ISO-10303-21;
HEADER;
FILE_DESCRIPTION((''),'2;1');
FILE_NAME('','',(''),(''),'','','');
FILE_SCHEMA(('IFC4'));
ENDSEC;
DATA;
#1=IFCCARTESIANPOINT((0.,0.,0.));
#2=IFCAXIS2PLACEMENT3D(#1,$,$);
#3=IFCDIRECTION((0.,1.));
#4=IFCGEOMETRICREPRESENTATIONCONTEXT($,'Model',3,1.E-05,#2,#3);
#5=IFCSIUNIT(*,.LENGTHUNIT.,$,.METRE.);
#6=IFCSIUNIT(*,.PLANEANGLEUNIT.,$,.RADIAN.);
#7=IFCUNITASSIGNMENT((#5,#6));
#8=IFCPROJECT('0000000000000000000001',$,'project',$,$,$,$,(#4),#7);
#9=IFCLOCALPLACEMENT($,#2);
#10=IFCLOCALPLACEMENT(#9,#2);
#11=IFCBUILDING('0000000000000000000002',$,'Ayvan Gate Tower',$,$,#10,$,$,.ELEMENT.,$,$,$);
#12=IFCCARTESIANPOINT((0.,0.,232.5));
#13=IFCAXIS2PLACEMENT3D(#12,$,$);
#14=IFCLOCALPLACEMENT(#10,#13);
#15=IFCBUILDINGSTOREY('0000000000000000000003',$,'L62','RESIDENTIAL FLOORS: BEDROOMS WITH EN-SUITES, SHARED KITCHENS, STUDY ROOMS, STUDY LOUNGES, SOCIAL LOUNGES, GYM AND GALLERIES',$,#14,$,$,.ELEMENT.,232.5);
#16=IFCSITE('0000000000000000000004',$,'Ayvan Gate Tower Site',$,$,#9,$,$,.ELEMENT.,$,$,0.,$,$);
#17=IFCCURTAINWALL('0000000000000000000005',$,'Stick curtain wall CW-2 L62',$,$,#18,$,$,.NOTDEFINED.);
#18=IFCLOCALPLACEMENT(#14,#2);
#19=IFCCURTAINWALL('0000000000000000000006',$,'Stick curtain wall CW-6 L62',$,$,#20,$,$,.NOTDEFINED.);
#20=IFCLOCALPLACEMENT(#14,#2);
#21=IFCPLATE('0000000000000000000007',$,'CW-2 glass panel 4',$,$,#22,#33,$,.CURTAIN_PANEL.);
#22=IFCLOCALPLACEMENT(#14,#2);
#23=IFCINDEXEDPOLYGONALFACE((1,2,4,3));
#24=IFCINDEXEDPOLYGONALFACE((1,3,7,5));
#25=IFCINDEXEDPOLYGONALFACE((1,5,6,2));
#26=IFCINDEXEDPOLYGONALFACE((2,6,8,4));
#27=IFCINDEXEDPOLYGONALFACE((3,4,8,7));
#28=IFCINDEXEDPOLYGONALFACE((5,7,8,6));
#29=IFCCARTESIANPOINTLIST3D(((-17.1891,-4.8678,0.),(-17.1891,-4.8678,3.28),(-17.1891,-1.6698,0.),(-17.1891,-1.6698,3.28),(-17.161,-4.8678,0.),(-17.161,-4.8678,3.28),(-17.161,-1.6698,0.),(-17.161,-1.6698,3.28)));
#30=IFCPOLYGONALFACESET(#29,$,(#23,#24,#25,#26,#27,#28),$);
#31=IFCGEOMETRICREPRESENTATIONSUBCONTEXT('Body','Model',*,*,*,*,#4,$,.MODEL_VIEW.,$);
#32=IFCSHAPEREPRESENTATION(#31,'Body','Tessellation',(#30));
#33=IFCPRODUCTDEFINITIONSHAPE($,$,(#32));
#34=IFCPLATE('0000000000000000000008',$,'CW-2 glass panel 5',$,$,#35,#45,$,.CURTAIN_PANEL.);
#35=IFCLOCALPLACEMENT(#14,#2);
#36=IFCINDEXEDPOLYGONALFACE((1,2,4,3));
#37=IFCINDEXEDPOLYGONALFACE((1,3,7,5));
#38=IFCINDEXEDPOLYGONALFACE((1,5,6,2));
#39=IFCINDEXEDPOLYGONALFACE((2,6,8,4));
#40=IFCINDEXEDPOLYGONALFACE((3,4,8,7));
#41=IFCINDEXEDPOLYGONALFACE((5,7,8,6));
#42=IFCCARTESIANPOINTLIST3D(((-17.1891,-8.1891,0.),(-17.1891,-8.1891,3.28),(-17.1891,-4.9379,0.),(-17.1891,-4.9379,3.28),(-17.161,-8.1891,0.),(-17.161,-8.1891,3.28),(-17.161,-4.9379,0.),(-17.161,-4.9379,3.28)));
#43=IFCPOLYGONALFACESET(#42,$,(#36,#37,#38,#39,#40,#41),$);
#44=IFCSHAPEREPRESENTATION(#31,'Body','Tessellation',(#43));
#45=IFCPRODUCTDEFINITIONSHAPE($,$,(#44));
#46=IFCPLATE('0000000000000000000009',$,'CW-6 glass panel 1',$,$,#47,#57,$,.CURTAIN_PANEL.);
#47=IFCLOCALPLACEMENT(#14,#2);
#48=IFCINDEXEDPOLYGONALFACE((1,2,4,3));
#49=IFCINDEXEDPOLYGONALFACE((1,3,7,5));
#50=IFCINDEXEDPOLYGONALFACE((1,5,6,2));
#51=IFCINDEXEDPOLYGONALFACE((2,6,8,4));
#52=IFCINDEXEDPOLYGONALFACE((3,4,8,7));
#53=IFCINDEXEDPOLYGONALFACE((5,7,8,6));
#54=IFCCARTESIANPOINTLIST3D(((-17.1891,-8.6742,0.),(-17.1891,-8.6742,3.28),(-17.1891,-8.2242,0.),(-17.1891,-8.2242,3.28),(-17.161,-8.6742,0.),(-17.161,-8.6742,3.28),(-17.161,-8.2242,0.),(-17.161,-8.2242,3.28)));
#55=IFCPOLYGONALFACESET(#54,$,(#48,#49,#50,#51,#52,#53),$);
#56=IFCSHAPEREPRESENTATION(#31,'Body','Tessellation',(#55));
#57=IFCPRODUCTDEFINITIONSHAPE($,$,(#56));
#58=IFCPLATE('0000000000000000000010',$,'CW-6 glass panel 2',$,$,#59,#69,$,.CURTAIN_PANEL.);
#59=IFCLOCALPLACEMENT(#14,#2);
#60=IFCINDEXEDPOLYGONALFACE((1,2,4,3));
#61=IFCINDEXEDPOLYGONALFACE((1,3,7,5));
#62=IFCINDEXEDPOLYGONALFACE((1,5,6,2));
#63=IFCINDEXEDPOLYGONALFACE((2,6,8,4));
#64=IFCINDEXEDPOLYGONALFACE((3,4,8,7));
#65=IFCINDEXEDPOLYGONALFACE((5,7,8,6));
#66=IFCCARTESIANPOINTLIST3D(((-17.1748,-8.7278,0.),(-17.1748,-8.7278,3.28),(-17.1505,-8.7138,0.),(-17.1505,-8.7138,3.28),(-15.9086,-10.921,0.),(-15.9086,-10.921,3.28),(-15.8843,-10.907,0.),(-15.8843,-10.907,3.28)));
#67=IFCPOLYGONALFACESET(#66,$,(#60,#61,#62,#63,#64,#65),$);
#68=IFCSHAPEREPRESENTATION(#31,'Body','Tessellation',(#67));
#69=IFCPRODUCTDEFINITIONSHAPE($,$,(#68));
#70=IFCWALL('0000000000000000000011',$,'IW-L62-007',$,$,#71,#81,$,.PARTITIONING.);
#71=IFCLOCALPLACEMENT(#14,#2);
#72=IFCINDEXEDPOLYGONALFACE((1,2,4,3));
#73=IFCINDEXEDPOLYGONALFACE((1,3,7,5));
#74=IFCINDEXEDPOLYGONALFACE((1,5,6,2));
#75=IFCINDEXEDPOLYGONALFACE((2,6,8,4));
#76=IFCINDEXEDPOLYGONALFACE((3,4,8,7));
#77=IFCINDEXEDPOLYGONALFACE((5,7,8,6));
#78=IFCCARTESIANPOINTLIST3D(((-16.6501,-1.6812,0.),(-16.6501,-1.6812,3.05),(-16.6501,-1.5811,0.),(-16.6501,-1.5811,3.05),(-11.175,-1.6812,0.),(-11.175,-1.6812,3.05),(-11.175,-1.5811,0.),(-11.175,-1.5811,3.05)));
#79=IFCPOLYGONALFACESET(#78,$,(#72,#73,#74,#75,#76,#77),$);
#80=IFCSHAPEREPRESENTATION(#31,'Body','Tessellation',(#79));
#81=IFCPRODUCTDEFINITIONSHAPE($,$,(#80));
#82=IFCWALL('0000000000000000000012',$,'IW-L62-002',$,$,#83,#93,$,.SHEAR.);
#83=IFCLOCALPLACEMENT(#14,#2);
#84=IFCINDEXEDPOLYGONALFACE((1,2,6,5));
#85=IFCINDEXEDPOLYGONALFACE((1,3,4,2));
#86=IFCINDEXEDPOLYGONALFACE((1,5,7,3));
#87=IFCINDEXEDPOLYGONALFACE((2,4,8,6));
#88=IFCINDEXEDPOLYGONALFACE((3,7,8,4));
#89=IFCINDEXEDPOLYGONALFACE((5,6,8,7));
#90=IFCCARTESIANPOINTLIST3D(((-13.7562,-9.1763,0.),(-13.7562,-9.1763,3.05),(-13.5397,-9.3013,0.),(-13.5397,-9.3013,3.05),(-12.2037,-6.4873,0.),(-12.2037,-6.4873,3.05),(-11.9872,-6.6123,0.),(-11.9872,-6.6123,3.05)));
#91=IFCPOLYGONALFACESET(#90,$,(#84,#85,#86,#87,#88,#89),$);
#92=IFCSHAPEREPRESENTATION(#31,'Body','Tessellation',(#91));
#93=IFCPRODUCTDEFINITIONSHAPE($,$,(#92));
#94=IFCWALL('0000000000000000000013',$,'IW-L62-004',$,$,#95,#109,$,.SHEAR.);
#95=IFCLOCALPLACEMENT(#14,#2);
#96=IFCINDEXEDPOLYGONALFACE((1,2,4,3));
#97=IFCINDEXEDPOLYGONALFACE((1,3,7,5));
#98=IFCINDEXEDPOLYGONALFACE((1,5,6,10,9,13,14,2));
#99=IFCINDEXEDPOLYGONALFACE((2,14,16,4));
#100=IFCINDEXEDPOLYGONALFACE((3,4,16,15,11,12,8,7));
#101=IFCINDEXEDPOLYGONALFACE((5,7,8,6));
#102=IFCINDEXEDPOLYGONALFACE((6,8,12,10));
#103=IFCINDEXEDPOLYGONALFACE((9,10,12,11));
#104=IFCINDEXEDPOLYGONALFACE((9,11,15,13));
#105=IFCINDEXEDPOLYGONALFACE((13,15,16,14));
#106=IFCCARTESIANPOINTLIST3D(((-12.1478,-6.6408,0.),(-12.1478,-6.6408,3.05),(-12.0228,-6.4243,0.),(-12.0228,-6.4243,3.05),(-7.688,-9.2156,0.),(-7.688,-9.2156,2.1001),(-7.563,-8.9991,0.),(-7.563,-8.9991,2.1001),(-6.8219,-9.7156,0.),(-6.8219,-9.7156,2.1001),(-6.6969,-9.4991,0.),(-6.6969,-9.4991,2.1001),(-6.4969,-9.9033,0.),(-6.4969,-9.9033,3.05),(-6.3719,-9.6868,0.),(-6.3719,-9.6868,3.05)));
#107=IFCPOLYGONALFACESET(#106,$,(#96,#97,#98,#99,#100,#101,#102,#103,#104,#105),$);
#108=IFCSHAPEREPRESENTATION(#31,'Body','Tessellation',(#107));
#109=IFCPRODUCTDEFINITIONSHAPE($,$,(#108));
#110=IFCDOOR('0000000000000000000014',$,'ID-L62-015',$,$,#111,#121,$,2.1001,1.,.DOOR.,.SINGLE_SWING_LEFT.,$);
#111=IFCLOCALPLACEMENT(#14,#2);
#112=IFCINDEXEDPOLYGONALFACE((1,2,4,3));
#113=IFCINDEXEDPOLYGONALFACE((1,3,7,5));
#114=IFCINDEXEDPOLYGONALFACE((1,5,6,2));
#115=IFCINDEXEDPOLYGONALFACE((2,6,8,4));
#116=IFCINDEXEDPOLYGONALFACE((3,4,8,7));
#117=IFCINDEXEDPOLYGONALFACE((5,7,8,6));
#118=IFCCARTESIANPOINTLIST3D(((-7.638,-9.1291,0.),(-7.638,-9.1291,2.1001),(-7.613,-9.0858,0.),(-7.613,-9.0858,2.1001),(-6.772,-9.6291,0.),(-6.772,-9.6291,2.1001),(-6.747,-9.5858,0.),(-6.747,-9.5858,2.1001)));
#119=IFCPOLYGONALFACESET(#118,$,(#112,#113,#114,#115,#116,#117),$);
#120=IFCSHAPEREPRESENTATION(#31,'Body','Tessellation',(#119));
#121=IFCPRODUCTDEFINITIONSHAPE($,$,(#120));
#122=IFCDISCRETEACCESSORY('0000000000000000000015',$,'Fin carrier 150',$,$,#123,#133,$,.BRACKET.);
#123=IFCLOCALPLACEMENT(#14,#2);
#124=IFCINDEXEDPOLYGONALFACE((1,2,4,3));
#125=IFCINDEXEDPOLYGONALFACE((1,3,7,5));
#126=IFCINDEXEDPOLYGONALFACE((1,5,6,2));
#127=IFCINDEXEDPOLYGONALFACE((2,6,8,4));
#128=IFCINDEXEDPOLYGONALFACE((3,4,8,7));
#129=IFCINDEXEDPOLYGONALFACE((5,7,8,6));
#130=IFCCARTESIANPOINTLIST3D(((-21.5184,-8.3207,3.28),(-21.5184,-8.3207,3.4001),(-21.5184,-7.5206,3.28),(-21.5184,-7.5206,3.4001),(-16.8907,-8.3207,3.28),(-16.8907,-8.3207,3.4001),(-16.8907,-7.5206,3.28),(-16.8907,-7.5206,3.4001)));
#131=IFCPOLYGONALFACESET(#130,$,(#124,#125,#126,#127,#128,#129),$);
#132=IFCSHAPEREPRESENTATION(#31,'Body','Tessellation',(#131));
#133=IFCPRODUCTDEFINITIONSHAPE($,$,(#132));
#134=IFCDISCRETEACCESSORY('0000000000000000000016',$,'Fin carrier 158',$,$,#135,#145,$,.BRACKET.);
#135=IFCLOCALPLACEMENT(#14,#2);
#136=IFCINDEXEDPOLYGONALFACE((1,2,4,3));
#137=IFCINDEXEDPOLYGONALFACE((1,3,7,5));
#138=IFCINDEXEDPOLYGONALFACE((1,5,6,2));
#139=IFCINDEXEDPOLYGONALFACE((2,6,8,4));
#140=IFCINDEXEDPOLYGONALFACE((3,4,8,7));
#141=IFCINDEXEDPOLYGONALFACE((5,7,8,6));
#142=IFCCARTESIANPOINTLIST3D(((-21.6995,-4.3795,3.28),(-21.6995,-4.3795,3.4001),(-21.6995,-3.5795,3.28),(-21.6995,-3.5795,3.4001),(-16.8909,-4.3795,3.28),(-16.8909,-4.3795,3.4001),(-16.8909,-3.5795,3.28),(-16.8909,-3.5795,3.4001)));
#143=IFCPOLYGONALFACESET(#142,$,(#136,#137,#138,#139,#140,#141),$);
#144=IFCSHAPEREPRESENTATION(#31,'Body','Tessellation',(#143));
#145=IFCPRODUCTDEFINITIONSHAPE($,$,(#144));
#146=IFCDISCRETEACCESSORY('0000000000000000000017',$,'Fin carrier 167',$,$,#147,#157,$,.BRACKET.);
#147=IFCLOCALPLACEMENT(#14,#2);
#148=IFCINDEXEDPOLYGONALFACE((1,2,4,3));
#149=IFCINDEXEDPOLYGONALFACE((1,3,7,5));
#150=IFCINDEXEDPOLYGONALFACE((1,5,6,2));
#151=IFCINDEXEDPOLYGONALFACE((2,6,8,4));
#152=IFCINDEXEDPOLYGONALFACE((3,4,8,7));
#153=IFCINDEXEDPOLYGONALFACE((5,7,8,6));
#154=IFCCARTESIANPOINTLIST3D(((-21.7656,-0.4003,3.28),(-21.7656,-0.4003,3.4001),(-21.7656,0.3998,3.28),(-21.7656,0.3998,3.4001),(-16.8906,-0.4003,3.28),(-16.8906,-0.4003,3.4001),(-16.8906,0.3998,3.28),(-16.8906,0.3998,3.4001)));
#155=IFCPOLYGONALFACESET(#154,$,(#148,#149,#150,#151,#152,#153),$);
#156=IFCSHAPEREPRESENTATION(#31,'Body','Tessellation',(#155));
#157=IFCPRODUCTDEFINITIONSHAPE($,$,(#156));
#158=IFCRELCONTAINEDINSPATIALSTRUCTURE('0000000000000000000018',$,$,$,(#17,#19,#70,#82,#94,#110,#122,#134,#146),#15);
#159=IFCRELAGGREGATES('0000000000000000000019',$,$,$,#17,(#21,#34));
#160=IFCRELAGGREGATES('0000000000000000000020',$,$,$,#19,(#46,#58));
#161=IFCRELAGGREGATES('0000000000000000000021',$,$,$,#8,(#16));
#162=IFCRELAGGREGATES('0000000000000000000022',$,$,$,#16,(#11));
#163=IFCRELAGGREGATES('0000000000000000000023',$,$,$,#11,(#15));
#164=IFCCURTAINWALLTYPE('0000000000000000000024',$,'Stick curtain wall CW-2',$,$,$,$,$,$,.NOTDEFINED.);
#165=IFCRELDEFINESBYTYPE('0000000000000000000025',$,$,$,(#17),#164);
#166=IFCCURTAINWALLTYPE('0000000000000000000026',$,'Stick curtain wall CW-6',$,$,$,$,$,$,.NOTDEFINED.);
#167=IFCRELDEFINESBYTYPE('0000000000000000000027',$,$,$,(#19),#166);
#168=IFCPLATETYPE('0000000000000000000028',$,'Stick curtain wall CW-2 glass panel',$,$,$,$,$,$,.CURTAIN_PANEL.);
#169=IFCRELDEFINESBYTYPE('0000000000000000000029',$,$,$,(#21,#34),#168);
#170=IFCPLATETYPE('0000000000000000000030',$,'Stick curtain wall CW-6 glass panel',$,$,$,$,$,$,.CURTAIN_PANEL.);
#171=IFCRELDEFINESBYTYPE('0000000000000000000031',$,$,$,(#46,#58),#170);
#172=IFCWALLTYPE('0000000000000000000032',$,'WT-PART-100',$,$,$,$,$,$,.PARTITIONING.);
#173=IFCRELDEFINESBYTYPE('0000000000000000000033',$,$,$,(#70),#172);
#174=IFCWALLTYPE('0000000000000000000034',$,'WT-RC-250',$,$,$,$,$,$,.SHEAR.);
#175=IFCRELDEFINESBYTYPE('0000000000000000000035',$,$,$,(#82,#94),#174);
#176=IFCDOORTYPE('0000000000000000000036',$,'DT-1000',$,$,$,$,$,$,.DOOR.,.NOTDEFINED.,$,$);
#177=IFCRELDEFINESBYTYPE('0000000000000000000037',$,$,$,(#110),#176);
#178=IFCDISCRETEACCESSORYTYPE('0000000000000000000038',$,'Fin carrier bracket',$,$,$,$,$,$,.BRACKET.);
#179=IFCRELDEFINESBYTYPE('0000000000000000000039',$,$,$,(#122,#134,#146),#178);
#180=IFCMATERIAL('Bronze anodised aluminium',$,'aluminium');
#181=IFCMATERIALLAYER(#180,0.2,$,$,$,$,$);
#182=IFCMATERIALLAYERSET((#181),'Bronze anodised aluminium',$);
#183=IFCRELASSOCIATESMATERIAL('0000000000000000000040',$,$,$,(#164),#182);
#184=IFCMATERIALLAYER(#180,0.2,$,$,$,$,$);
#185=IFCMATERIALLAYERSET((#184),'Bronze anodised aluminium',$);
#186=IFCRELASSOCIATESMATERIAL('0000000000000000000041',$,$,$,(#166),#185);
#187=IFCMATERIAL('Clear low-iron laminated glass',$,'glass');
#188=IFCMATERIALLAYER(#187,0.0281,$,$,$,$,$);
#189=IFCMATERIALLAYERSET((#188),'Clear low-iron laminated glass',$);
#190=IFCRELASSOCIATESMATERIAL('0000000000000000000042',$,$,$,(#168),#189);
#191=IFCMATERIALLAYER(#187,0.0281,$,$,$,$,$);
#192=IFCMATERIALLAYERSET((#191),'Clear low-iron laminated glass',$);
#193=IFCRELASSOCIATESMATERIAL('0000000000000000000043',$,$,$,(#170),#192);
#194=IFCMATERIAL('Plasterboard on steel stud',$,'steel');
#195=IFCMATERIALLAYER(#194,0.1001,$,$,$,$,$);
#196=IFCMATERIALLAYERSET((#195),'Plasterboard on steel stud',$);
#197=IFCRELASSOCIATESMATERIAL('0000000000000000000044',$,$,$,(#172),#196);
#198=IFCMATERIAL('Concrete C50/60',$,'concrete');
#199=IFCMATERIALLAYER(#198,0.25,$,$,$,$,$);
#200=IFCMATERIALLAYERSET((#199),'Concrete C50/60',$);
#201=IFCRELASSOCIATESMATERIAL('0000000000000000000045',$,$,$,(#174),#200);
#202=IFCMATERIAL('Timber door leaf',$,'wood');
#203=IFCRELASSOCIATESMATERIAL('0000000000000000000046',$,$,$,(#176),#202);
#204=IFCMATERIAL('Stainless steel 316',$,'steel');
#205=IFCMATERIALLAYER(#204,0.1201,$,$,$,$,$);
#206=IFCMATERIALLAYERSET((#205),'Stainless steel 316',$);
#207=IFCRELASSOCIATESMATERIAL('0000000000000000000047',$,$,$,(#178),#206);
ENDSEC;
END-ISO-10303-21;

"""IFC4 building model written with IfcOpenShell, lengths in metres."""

from ifc_helpers import new_model, si_unit, direction, frame, frame_2d, origin, origin_2d, place, context, subcontext, project, spatial, rectangle, extrude, material, layer, layer_set, type_object, element, fill, aggregate, save


model = new_model("IFC4")

# Units and contexts
model_context = context("Model", 3, precision=1e-05, world=origin(), true_north=direction((0.0, 1.0)))
body_context = subcontext(model_context, "Body", "Model", "MODEL_VIEW")
ifc_project = project(units=[si_unit("LENGTHUNIT", "METRE"), si_unit("PLANEANGLEUNIT", "RADIAN")], contexts=[model_context])

# Site, building, storey
site_placement = place(None, origin())
site = spatial("IfcSite", under=ifc_project, at=site_placement, Name="Ayvan Gate Tower Site", CompositionType="ELEMENT", RefElevation=0.0)
building_placement = place(site_placement, origin())
building = spatial("IfcBuilding", under=site, at=building_placement, Name="Ayvan Gate Tower", CompositionType="ELEMENT")
storey_placement = place(building_placement, frame((0.0, 0.0, 232.5)))
storey = spatial("IfcBuildingStorey", under=building, at=storey_placement, Name="L62", Description="RESIDENTIAL FLOORS: BEDROOMS WITH EN-SUITES, SHARED KITCHENS, STUDY ROOMS, STUDY LOUNGES, SOCIAL LOUNGES, GYM AND GALLERIES", CompositionType="ELEMENT", Elevation=232.5)

# Shared definitions
ifc_material_1 = material(Name="Concrete C50/60", Category="concrete")

# Curtain walls
ifc_material_2 = material(Name="Bronze anodised aluminium", Category="aluminium")
ifc_layer_1 = layer(ifc_material_2, 0.2)
ifc_layer_set_1 = layer_set([ifc_layer_1], Name="Bronze anodised aluminium")
curtain_wall_type_1 = type_object("IfcCurtainWallType", Name="Stick curtain wall CW-2", PredefinedType="NOTDEFINED", material=ifc_layer_set_1)
curtain_wall_1_placement = place(storey_placement, origin())
curtain_wall_1 = element("IfcCurtainWall", 1, at=curtain_wall_1_placement, inside=storey, type_object=curtain_wall_type_1, Name="Stick curtain wall CW-2 L62", PredefinedType="NOTDEFINED")
ifc_layer_2 = layer(ifc_material_2, 0.2)
ifc_layer_set_2 = layer_set([ifc_layer_2], Name="Bronze anodised aluminium")
curtain_wall_type_2 = type_object("IfcCurtainWallType", Name="Stick curtain wall CW-6", PredefinedType="NOTDEFINED", material=ifc_layer_set_2)
curtain_wall_2_placement = place(storey_placement, origin())
curtain_wall_2 = element("IfcCurtainWall", 2, at=curtain_wall_2_placement, inside=storey, type_object=curtain_wall_type_2, Name="Stick curtain wall CW-6 L62", PredefinedType="NOTDEFINED")

# Plates
ifc_material_3 = material(Name="Clear low-iron laminated glass", Category="glass")
ifc_layer_3 = layer(ifc_material_3, 0.0281)
ifc_layer_set_3 = layer_set([ifc_layer_3], Name="Clear low-iron laminated glass")
plate_type_1 = type_object("IfcPlateType", Name="Stick curtain wall CW-2 glass panel", PredefinedType="CURTAIN_PANEL", material=ifc_layer_set_3)
plate_1_placement = place(storey_placement, frame((-17.175, -3.2688, 0.0), z_axis=(0.0, 0.0, 1.0), x_axis=(0.0, -1.0, 0.0)))
plate_1 = element("IfcPlate", 3, at=plate_1_placement, type_object=plate_type_1, Name="CW-2 glass panel 4", PredefinedType="CURTAIN_PANEL", context=body_context, shape_type="SweptSolid", body=[
    extrude(rectangle(XDim=3.198, YDim=0.0281, at=origin_2d()), origin(), (0.0, 0.0, 1.0), 3.28),
])
plate_2_placement = place(storey_placement, frame((-17.175, -6.5635, 0.0), z_axis=(0.0, 0.0, 1.0), x_axis=(0.0, -1.0, 0.0)))
plate_2 = element("IfcPlate", 4, at=plate_2_placement, type_object=plate_type_1, Name="CW-2 glass panel 5", PredefinedType="CURTAIN_PANEL", context=body_context, shape_type="SweptSolid", body=[
    extrude(rectangle(XDim=3.2512, YDim=0.0281, at=origin_2d()), origin(), (0.0, 0.0, 1.0), 3.28),
])
aggregate(curtain_wall_1, [plate_1, plate_2])
ifc_layer_4 = layer(ifc_material_3, 0.0281)
ifc_layer_set_4 = layer_set([ifc_layer_4], Name="Clear low-iron laminated glass")
plate_type_2 = type_object("IfcPlateType", Name="Stick curtain wall CW-6 glass panel", PredefinedType="CURTAIN_PANEL", material=ifc_layer_set_4)
plate_3_placement = place(storey_placement, frame((-17.175, -8.4492, 0.0), z_axis=(0.0, 0.0, 1.0), x_axis=(0.0, -1.0, 0.0)))
plate_3 = element("IfcPlate", 5, at=plate_3_placement, type_object=plate_type_2, Name="CW-6 glass panel 1", PredefinedType="CURTAIN_PANEL", context=body_context, shape_type="SweptSolid", body=[
    extrude(rectangle(XDim=0.45, YDim=0.0281, at=origin_2d()), origin(), (0.0, 0.0, 1.0), 3.28),
])
plate_4_placement = place(storey_placement, frame((-16.5295, -9.8174, 0.0), z_axis=(0.0, 0.0, 1.0), x_axis=(0.5, -0.866025, 0.0)))
plate_4 = element("IfcPlate", 6, at=plate_4_placement, type_object=plate_type_2, Name="CW-6 glass panel 2", PredefinedType="CURTAIN_PANEL", context=body_context, shape_type="SweptSolid", body=[
    extrude(rectangle(XDim=2.5325, YDim=0.0281, at=origin_2d()), origin(), (0.0, 0.0, 1.0), 3.28),
])
aggregate(curtain_wall_2, [plate_3, plate_4])

# Walls
ifc_material_4 = material(Name="Plasterboard on steel stud", Category="steel")
ifc_layer_5 = layer(ifc_material_4, 0.1001)
ifc_layer_set_5 = layer_set([ifc_layer_5], Name="Plasterboard on steel stud")
wall_type_1 = type_object("IfcWallType", Name="WT-PART-100", PredefinedType="PARTITIONING", material=ifc_layer_set_5)
wall_1_placement = place(storey_placement, frame((-11.175, -1.6311, 0.0), z_axis=(0.0, 0.0, 1.0), x_axis=(-1.0, 0.0, 0.0)))
element("IfcWall", 7, at=wall_1_placement, inside=storey, type_object=wall_type_1, Name="IW-L62-007", PredefinedType="PARTITIONING", context=body_context, shape_type="SweptSolid", body=[
    extrude(rectangle(XDim=5.4751, YDim=0.1001, at=frame_2d((2.7375, 0.0))), origin(), (0.0, 0.0, 1.0), 3.05),
])
ifc_layer_6 = layer(ifc_material_1, 0.25)
ifc_layer_set_6 = layer_set([ifc_layer_6], Name="Concrete C50/60")
wall_type_2 = type_object("IfcWallType", Name="WT-RC-250", PredefinedType="SHEAR", material=ifc_layer_set_6)
wall_2_placement = place(storey_placement, frame((-13.6479, -9.2388, 0.0), z_axis=(0.0, 0.0, 1.0), x_axis=(0.500004, 0.866023, 0.0)))
element("IfcWall", 8, at=wall_2_placement, inside=storey, type_object=wall_type_2, Name="IW-L62-002", PredefinedType="SHEAR", context=body_context, shape_type="SweptSolid", body=[
    extrude(rectangle(XDim=3.105, YDim=0.25, at=frame_2d((1.5525, 0.0))), origin(), (0.0, 0.0, 1.0), 3.05),
])

# Wall, opening, door
wall_3_placement = place(storey_placement, frame((-12.0854, -6.5325, 0.0), z_axis=(0.0, 0.0, 1.0), x_axis=(0.866031, -0.49999, 0.0)))
wall_3 = element("IfcWall", 9, at=wall_3_placement, inside=storey, type_object=wall_type_2, Name="IW-L62-004", PredefinedType="SHEAR", context=body_context, shape_type="SweptSolid", body=[
    extrude(rectangle(XDim=6.5251, YDim=0.25, at=frame_2d((3.2627, 0.0))), origin(), (0.0, 0.0, 1.0), 3.05),
])
opening_placement = place(wall_3_placement, frame((5.1499, 0.0, 0.0)))
opening = element("IfcOpeningElement", 10, at=opening_placement, cuts=wall_3, PredefinedType="OPENING", context=body_context, shape_type="SweptSolid", body=[
    extrude(rectangle(XDim=1.0, YDim=2.1001, at=frame_2d((0.5, 1.05))), frame((0.0, 0.135, 0.0), z_axis=(0.0, -1.0, 0.0), x_axis=(1.0, 0.0, 0.0)), (0.0, 0.0, 1.0), 0.27),
])
ifc_material_5 = material(Name="Timber door leaf", Category="wood")
door_type = type_object("IfcDoorType", Name="DT-1000", OperationType="NOTDEFINED", PredefinedType="DOOR", material=ifc_material_5)
door_placement = place(opening_placement, origin())
door = element("IfcDoor", 11, at=door_placement, inside=storey, type_object=door_type, Name="ID-L62-015", OperationType="SINGLE_SWING_LEFT", OverallHeight=2.1001, OverallWidth=1.0, PredefinedType="DOOR", context=body_context, shape_type="SweptSolid", body=[
    extrude(rectangle(XDim=1.0, YDim=2.1001, at=frame_2d((0.5, 1.05))), frame((0.0, 0.0249, 0.0), z_axis=(0.0, -1.0, 0.0), x_axis=(1.0, 0.0, 0.0)), (0.0, 0.0, 1.0), 0.05),
])
fill(opening, door)

# Discrete accessories
ifc_material_6 = material(Name="Stainless steel 316", Category="steel")
ifc_layer_7 = layer(ifc_material_6, 0.1201)
ifc_layer_set_7 = layer_set([ifc_layer_7], Name="Stainless steel 316")
discrete_accessory_type = type_object("IfcDiscreteAccessoryType", Name="Fin carrier bracket", PredefinedType="BRACKET", material=ifc_layer_set_7)
discrete_accessory_1_placement = place(storey_placement, frame((-19.2046, -7.9207, 3.28), z_axis=(0.0, 0.0, 1.0), x_axis=(0.0, -1.0, 0.0)))
element("IfcDiscreteAccessory", 12, at=discrete_accessory_1_placement, inside=storey, type_object=discrete_accessory_type, Name="Fin carrier 150", PredefinedType="BRACKET", context=body_context, shape_type="SweptSolid", body=[
    extrude(rectangle(XDim=0.8, YDim=4.6277, at=origin_2d()), origin(), (0.0, 0.0, 1.0), 0.1201),
])
discrete_accessory_2_placement = place(storey_placement, frame((-19.2952, -3.9795, 3.28), z_axis=(0.0, 0.0, 1.0), x_axis=(0.0, -1.0, 0.0)))
element("IfcDiscreteAccessory", 13, at=discrete_accessory_2_placement, inside=storey, type_object=discrete_accessory_type, Name="Fin carrier 158", PredefinedType="BRACKET", context=body_context, shape_type="SweptSolid", body=[
    extrude(rectangle(XDim=0.8, YDim=4.8086, at=origin_2d()), origin(), (0.0, 0.0, 1.0), 0.1201),
])
discrete_accessory_3_placement = place(storey_placement, frame((-19.3281, -0.0002, 3.28), z_axis=(0.0, 0.0, 1.0), x_axis=(0.0, -1.0, 0.0)))
element("IfcDiscreteAccessory", 14, at=discrete_accessory_3_placement, inside=storey, type_object=discrete_accessory_type, Name="Fin carrier 167", PredefinedType="BRACKET", context=body_context, shape_type="SweptSolid", body=[
    extrude(rectangle(XDim=0.8, YDim=4.875, at=origin_2d()), origin(), (0.0, 0.0, 1.0), 0.1201),
])

save(model, "model.ifc")
